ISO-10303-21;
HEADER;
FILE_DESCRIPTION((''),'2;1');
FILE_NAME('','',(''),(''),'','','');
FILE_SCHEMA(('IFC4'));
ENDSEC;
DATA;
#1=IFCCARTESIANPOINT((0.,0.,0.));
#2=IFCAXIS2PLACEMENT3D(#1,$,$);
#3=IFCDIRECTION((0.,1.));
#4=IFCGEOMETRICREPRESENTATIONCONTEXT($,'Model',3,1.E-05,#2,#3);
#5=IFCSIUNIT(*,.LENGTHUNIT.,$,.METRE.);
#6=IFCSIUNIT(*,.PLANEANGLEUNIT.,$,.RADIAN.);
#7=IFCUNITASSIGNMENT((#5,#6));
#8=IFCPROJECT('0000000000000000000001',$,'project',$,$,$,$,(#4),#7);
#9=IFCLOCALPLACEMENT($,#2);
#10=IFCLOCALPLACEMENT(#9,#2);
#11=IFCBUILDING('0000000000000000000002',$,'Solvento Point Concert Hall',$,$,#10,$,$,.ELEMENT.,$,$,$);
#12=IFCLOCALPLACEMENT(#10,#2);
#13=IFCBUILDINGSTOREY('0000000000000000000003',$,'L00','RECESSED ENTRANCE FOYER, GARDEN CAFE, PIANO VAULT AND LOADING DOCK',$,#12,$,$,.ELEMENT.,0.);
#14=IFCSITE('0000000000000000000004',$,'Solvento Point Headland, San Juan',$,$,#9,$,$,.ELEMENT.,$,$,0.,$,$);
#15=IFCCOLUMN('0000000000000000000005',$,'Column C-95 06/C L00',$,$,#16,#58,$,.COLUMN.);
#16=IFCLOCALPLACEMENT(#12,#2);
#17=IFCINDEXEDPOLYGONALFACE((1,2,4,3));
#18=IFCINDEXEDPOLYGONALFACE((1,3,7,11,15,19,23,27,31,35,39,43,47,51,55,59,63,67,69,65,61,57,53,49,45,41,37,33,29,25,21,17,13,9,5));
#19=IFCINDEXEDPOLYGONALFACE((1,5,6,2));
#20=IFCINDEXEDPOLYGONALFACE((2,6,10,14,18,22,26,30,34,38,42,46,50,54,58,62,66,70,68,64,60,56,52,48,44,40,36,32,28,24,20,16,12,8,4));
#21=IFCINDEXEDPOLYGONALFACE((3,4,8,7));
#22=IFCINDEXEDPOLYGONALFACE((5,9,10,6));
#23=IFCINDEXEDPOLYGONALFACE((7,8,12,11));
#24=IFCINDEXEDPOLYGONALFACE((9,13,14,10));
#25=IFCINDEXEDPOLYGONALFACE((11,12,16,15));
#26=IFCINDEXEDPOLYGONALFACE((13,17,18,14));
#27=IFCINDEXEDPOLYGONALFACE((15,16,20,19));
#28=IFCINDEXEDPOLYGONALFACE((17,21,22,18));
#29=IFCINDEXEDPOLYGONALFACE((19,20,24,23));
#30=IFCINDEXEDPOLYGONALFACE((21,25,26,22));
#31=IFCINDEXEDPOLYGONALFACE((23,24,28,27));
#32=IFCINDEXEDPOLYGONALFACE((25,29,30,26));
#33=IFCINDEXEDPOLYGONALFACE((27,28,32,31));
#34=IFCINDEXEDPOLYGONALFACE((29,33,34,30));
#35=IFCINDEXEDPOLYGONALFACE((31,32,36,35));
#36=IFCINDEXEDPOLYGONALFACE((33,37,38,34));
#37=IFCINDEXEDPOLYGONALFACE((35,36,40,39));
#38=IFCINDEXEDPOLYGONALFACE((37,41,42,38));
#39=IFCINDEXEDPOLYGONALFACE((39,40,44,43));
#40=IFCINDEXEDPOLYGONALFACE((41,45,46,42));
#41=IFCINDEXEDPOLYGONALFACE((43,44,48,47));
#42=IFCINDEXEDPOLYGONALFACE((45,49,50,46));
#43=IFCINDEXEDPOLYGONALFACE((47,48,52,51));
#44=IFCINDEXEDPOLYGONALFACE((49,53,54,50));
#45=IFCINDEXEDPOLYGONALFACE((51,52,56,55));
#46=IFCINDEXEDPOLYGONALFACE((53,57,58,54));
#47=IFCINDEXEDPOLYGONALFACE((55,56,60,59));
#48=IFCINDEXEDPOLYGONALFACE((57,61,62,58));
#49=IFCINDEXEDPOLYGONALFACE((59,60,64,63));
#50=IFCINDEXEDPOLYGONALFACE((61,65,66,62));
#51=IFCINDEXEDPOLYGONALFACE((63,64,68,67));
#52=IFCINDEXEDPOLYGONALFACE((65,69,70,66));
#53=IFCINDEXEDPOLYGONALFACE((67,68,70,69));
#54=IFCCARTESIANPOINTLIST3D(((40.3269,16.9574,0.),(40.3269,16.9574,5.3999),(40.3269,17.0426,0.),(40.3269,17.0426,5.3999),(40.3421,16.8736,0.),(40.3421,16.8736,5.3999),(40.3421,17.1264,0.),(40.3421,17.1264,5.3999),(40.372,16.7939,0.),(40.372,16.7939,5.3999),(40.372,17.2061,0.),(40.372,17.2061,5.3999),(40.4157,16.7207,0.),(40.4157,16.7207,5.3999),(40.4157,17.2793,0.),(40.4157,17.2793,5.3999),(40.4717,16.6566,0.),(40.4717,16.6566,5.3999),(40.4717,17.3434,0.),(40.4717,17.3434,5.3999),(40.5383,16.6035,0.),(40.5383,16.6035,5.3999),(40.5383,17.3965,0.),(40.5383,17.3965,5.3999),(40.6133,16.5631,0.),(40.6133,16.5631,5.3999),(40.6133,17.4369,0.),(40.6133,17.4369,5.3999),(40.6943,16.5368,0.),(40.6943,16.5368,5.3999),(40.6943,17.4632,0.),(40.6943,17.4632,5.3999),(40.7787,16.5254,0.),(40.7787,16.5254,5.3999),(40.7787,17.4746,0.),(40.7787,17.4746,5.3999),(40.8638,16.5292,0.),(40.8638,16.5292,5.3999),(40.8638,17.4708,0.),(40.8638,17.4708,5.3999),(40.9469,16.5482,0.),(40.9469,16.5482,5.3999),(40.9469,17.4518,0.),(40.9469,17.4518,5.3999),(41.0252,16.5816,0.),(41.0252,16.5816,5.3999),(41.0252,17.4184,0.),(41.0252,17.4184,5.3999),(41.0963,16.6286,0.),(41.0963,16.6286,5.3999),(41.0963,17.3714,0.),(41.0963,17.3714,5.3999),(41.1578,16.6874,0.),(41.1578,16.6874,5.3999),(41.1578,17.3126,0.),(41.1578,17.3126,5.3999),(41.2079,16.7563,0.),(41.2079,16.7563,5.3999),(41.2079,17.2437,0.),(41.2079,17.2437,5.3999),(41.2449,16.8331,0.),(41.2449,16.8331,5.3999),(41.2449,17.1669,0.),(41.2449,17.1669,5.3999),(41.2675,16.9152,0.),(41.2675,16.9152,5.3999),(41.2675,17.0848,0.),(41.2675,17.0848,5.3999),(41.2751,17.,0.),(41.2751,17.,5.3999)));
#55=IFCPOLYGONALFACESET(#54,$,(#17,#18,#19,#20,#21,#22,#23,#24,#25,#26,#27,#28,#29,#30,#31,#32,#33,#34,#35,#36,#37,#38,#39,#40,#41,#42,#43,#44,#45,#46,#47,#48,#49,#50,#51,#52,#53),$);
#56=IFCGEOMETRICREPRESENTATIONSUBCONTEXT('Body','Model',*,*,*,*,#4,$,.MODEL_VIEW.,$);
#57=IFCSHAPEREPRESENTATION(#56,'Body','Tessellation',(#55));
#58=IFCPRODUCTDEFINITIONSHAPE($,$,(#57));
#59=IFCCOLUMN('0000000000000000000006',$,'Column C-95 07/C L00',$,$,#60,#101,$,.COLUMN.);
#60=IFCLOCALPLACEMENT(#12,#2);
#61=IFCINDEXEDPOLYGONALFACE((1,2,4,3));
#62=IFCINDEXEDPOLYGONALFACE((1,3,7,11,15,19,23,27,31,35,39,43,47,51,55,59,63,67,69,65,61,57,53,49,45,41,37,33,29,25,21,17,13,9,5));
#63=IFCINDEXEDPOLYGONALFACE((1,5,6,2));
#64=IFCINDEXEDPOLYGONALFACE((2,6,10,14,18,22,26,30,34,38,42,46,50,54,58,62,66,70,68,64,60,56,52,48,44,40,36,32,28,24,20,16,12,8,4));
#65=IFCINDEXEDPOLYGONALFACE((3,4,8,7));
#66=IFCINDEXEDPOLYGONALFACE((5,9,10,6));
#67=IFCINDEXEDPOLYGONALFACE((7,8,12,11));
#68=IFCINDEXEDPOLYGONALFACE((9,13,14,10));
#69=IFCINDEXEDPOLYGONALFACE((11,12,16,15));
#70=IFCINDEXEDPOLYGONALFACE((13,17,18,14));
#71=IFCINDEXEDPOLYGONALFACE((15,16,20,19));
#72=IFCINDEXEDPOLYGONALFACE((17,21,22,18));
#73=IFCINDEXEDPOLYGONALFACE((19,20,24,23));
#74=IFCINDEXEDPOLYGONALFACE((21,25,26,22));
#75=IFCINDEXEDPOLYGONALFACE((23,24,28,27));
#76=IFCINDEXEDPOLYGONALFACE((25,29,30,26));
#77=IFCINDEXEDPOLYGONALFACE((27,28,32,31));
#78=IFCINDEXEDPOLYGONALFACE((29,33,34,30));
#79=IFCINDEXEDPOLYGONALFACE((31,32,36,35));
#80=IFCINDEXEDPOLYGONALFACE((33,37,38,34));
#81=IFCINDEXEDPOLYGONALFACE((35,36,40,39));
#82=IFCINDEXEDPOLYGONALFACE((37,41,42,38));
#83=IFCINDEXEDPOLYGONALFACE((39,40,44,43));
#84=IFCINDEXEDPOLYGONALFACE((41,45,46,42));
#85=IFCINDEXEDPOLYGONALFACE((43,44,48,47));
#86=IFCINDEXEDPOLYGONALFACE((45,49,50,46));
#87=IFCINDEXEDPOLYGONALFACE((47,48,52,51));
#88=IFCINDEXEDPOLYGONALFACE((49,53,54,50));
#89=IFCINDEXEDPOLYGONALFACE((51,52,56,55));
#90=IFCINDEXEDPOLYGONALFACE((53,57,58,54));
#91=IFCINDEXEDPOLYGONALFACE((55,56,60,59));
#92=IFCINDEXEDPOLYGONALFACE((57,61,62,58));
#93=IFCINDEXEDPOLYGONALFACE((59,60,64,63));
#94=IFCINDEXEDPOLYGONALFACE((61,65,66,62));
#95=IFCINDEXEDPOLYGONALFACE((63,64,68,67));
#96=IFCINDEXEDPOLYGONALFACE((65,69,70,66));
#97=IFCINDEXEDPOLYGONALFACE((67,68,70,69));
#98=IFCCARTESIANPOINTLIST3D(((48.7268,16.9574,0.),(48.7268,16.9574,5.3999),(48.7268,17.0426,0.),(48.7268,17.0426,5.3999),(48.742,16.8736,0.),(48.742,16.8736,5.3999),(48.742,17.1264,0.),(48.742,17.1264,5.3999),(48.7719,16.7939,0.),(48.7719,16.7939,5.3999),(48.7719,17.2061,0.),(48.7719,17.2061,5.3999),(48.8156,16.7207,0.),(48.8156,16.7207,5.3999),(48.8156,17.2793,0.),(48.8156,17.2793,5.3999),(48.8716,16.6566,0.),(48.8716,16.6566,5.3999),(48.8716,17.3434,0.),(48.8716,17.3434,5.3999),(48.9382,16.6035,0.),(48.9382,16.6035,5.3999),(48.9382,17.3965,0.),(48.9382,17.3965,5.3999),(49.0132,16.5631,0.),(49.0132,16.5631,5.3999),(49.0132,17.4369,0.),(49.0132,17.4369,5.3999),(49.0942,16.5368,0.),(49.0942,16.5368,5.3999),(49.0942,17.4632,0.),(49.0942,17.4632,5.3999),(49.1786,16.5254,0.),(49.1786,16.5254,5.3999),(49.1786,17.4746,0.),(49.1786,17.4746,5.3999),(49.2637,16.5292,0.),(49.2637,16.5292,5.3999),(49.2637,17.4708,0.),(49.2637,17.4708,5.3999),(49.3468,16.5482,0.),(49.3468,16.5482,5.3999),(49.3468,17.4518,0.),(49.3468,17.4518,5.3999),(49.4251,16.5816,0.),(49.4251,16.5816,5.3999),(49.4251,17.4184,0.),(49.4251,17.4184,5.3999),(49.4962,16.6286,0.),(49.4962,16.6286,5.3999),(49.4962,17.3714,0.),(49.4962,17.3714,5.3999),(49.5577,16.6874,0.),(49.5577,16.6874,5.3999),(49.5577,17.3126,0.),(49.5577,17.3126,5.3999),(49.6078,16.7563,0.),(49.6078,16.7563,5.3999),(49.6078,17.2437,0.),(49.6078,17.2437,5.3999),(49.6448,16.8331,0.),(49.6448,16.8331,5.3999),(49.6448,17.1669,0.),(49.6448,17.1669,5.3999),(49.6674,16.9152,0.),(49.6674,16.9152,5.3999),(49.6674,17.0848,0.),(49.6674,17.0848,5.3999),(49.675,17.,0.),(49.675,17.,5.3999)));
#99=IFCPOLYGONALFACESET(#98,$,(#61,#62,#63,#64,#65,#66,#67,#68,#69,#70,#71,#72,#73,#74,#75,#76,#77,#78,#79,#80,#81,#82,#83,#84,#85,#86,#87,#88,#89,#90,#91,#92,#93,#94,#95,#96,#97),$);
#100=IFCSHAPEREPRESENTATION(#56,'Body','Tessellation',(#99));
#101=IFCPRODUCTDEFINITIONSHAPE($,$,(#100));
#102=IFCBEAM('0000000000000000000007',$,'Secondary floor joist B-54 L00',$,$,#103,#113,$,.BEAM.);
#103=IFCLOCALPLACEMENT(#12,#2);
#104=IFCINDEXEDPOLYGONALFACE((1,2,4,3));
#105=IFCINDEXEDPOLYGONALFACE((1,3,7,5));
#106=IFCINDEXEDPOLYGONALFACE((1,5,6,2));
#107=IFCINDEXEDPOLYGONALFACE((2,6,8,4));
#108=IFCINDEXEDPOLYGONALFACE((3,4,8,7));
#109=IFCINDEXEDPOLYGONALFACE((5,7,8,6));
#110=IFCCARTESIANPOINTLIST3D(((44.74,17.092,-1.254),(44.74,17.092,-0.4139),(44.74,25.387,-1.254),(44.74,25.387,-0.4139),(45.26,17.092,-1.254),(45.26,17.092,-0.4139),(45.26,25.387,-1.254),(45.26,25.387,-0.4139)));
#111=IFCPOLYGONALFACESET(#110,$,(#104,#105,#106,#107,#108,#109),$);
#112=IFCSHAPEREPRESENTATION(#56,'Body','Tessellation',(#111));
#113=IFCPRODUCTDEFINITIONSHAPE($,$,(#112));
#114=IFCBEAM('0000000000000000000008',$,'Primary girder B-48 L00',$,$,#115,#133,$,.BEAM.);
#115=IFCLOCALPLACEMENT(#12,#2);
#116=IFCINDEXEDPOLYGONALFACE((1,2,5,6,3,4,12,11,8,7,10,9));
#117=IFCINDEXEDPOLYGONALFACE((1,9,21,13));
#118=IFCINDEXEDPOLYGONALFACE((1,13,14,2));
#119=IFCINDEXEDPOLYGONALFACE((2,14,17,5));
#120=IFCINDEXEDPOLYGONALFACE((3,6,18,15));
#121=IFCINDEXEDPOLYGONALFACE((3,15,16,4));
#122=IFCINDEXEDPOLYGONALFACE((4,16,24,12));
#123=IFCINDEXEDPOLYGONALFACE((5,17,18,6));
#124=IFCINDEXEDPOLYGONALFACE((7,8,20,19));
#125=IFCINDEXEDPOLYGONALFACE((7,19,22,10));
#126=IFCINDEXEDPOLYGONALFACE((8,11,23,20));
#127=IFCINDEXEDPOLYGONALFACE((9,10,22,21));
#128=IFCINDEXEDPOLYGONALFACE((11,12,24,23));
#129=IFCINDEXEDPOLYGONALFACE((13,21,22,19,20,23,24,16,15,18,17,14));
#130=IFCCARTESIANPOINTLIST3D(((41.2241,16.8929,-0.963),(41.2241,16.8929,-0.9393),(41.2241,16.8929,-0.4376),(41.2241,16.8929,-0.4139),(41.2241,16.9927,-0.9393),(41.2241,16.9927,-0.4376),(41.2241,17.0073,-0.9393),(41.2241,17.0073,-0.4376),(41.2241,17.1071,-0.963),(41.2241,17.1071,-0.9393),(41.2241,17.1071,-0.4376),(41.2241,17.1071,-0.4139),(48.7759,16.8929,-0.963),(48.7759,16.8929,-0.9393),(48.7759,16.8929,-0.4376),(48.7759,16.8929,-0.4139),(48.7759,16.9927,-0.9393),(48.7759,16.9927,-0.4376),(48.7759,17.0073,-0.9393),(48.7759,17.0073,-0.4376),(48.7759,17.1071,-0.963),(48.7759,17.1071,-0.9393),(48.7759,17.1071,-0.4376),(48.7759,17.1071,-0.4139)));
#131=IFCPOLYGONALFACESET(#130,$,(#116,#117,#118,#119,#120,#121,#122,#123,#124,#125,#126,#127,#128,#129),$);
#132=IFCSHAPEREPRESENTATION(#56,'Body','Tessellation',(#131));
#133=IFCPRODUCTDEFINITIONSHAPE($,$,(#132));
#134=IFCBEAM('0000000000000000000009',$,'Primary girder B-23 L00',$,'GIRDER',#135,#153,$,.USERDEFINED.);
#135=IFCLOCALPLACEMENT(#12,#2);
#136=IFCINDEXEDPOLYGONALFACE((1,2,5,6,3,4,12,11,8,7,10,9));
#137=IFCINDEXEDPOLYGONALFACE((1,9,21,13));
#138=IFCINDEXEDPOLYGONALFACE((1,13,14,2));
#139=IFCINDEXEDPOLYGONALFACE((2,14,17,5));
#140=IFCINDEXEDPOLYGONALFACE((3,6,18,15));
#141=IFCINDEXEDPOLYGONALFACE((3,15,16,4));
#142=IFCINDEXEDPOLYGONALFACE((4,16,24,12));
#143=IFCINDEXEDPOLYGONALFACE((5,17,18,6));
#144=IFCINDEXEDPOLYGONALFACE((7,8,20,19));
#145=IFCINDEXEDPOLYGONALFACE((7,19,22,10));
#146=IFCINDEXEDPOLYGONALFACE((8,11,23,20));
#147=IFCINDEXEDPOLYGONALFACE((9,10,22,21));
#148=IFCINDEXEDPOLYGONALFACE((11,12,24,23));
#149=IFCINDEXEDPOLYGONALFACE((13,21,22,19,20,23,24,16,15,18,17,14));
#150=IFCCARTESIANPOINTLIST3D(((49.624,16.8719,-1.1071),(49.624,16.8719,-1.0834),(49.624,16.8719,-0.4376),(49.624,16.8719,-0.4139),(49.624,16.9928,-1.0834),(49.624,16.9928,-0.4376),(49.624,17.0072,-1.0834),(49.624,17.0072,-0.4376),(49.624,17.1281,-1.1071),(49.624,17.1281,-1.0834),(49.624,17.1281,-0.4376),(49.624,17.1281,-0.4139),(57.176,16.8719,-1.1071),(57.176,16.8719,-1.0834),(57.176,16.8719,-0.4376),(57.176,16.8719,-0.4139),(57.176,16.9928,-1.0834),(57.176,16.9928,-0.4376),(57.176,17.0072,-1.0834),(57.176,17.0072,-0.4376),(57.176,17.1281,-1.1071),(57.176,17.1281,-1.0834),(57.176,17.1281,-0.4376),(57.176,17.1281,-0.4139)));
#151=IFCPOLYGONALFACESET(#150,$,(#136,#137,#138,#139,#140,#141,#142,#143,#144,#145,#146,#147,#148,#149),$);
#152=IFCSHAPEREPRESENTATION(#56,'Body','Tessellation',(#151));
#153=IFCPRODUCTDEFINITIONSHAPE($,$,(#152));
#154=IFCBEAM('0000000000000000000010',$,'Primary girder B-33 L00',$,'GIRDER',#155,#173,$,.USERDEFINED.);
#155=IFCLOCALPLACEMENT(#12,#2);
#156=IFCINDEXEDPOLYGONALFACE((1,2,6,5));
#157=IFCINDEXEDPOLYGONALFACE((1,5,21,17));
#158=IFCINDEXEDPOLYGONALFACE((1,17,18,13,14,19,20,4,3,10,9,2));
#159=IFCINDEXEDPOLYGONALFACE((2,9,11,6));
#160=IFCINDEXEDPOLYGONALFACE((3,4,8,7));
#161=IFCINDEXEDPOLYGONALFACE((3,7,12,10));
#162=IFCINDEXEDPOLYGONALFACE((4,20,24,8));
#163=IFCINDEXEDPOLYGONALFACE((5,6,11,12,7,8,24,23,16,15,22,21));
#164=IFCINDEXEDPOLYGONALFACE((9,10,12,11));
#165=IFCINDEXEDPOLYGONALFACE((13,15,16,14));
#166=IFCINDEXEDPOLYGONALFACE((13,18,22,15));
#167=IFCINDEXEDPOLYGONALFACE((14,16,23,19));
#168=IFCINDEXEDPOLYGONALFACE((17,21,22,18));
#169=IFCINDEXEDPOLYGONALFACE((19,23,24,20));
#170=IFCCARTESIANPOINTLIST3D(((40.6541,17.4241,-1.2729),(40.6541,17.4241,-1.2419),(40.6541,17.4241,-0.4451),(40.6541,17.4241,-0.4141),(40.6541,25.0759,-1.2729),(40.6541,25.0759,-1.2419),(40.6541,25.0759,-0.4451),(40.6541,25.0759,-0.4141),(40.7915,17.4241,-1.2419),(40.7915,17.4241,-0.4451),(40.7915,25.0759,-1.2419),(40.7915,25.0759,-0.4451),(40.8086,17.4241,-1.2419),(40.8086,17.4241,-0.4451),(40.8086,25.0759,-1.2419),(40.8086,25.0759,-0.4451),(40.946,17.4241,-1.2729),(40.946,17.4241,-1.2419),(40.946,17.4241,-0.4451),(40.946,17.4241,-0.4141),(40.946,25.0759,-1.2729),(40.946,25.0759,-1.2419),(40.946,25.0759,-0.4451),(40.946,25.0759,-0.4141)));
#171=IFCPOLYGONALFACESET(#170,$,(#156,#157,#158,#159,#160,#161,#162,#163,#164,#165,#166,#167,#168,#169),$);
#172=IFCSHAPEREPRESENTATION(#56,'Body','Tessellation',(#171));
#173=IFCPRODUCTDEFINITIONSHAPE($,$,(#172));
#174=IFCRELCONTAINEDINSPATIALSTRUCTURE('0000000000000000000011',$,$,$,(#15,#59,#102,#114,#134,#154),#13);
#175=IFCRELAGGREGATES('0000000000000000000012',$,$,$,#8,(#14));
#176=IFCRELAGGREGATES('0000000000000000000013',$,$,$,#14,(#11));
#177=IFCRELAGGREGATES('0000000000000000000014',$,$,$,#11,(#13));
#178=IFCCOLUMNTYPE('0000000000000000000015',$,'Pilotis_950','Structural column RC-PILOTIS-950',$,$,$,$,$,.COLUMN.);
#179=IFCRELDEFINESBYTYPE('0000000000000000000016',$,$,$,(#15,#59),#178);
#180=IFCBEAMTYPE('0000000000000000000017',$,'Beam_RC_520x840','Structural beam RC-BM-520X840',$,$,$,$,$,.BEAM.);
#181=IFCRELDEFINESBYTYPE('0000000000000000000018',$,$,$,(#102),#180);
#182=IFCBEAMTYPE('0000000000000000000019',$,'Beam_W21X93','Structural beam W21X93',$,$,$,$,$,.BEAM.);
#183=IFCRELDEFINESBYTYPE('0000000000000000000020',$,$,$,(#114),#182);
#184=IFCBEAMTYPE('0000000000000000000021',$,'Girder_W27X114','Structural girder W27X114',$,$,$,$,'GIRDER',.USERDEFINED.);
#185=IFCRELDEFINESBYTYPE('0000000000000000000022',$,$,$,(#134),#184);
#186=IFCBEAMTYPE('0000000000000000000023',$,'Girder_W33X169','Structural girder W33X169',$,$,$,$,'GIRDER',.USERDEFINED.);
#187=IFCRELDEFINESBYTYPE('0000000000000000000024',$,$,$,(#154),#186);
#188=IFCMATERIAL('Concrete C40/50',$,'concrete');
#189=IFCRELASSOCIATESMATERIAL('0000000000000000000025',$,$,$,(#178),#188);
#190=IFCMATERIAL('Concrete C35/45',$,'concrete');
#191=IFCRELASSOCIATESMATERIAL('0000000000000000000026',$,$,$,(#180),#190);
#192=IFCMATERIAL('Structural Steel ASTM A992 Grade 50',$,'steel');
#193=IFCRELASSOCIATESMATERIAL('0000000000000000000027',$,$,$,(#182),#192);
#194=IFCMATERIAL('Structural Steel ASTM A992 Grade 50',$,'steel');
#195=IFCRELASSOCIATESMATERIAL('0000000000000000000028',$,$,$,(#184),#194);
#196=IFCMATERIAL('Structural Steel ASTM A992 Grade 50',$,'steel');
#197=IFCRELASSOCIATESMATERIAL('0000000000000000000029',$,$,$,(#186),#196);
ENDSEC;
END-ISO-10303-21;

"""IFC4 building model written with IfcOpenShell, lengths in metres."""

from ifc_helpers import new_model, si_unit, direction, frame, origin, origin_2d, place, context, subcontext, project, spatial, rectangle, circle, i_section, extrude, material, material_profile, profile_set, type_object, element, save


model = new_model("IFC4")

# Units and contexts
model_context = context("Model", 3, precision=1e-05, world=origin(), true_north=direction((0.0, 1.0)))
body_context = subcontext(model_context, "Body", "Model", "MODEL_VIEW")
ifc_project = project(units=[si_unit("LENGTHUNIT", "METRE"), si_unit("PLANEANGLEUNIT", "RADIAN")], contexts=[model_context])

# Site, building, storey
site_placement = place(None, origin())
site = spatial("IfcSite", under=ifc_project, at=site_placement, Name="Solvento Point Headland, San Juan", CompositionType="ELEMENT", RefElevation=0.0)
building_placement = place(site_placement, origin())
building = spatial("IfcBuilding", under=site, at=building_placement, Name="Solvento Point Concert Hall", CompositionType="ELEMENT")
storey_placement = place(building_placement, origin())
storey = spatial("IfcBuildingStorey", under=building, at=storey_placement, Name="L00", Description="RECESSED ENTRANCE FOYER, GARDEN CAFE, PIANO VAULT AND LOADING DOCK", CompositionType="ELEMENT", Elevation=0.0)

# Columns
ifc_material_1 = material(Name="Concrete C40/50", Category="concrete")
ifc_material_profile_1 = material_profile(ifc_material_1, circle(Radius=0.4751, at=origin_2d()), Name="RC-PILOTIS-950")
ifc_profile_set_1 = profile_set([ifc_material_profile_1], Name="Concrete C40/50")
column_type = type_object("IfcColumnType", Name="Pilotis_950", Description="Structural column RC-PILOTIS-950", PredefinedType="COLUMN", material=ifc_profile_set_1)
for number, where, z_axis, x_axis, name in (
    (1, (40.8, 17.0, 0.0), (0.0, 0.0, 1.0), (1.0, 0.0, 0.0), "Column C-95 06/C L00"),
    (2, (49.2, 17.0, 0.0), (0.0, 0.0, 1.0), (1.0, 0.0, 0.0), "Column C-95 07/C L00"),
):
    element("IfcColumn", number, at=place(storey_placement, frame(where, z_axis=z_axis, x_axis=x_axis)), inside=storey, type_object=column_type, Name=name, PredefinedType="COLUMN", context=body_context, shape_type="SweptSolid", body=[
        extrude(circle(Radius=0.4751, at=origin_2d()), origin(), (0.0, 0.0, 1.0), 5.3999),
    ])

# Beams
ifc_material_2 = material(Name="Concrete C35/45", Category="concrete")
ifc_material_profile_2 = material_profile(ifc_material_2, rectangle(XDim=0.52, YDim=0.8401, at=origin_2d()), Name="RC-BM-520X840")
ifc_profile_set_2 = profile_set([ifc_material_profile_2], Name="Concrete C35/45")
beam_type_1 = type_object("IfcBeamType", Name="Beam_RC_520x840", Description="Structural beam RC-BM-520X840", PredefinedType="BEAM", material=ifc_profile_set_2)
beam_1_placement = place(storey_placement, frame((45.0, 17.092, -0.834), z_axis=(0.0, 1.0, 0.0), x_axis=(-1.0, 0.0, 0.0)))
element("IfcBeam", 3, at=beam_1_placement, inside=storey, type_object=beam_type_1, Name="Secondary floor joist B-54 L00", PredefinedType="BEAM", context=body_context, shape_type="SweptSolid", body=[
    extrude(rectangle(XDim=0.52, YDim=0.8401, at=origin_2d()), origin(), (0.0, 0.0, 1.0), 8.2949),
])
ifc_material_3 = material(Name="Structural Steel ASTM A992 Grade 50", Category="steel")
ifc_material_profile_3 = material_profile(ifc_material_3, i_section(OverallWidth=0.2141, OverallDepth=0.5491, WebThickness=0.0146, FlangeThickness=0.0237, at=origin_2d()), Name="W21X93")
ifc_profile_set_3 = profile_set([ifc_material_profile_3], Name="Structural Steel ASTM A992 Grade 50")
beam_type_2 = type_object("IfcBeamType", Name="Beam_W21X93", Description="Structural beam W21X93", PredefinedType="BEAM", material=ifc_profile_set_3)
beam_2_placement = place(storey_placement, frame((41.2241, 17.0, -0.6885), z_axis=(1.0, 0.0, 0.0), x_axis=(0.0, 1.0, 0.0)))
element("IfcBeam", 4, at=beam_2_placement, inside=storey, type_object=beam_type_2, Name="Primary girder B-48 L00", PredefinedType="BEAM", context=body_context, shape_type="SweptSolid", body=[
    extrude(i_section(OverallWidth=0.2141, OverallDepth=0.5491, WebThickness=0.0146, FlangeThickness=0.0237, at=origin_2d()), origin(), (0.0, 0.0, 1.0), 7.5518),
])
ifc_material_4 = material(Name="Structural Steel ASTM A992 Grade 50", Category="steel")
ifc_material_profile_4 = material_profile(ifc_material_4, i_section(OverallWidth=0.2561, OverallDepth=0.6931, WebThickness=0.0144, FlangeThickness=0.0237, at=origin_2d()), Name="W27X114")
ifc_profile_set_4 = profile_set([ifc_material_profile_4], Name="Structural Steel ASTM A992 Grade 50")
beam_type_3 = type_object("IfcBeamType", Name="Girder_W27X114", Description="Structural girder W27X114", ElementType="GIRDER", PredefinedType="USERDEFINED", material=ifc_profile_set_4)
beam_3_placement = place(storey_placement, frame((49.624, 17.0, -0.7605), z_axis=(1.0, 0.0, 0.0), x_axis=(0.0, 1.0, 0.0)))
element("IfcBeam", 5, at=beam_3_placement, inside=storey, type_object=beam_type_3, Name="Primary girder B-23 L00", ObjectType="GIRDER", PredefinedType="USERDEFINED", context=body_context, shape_type="SweptSolid", body=[
    extrude(i_section(OverallWidth=0.2561, OverallDepth=0.6931, WebThickness=0.0144, FlangeThickness=0.0237, at=origin_2d()), origin(), (0.0, 0.0, 1.0), 7.552),
])
ifc_material_5 = material(Name="Structural Steel ASTM A992 Grade 50", Category="steel")
ifc_material_profile_5 = material_profile(ifc_material_5, i_section(OverallWidth=0.292, OverallDepth=0.8589, WebThickness=0.0171, FlangeThickness=0.031, at=origin_2d()), Name="W33X169")
ifc_profile_set_5 = profile_set([ifc_material_profile_5], Name="Structural Steel ASTM A992 Grade 50")
beam_type_4 = type_object("IfcBeamType", Name="Girder_W33X169", Description="Structural girder W33X169", ElementType="GIRDER", PredefinedType="USERDEFINED", material=ifc_profile_set_5)
beam_4_placement = place(storey_placement, frame((40.8, 17.4241, -0.8435), z_axis=(0.0, 1.0, 0.0), x_axis=(-1.0, 0.0, 0.0)))
element("IfcBeam", 6, at=beam_4_placement, inside=storey, type_object=beam_type_4, Name="Primary girder B-33 L00", ObjectType="GIRDER", PredefinedType="USERDEFINED", context=body_context, shape_type="SweptSolid", body=[
    extrude(i_section(OverallWidth=0.292, OverallDepth=0.8589, WebThickness=0.0171, FlangeThickness=0.031, at=origin_2d()), origin(), (0.0, 0.0, 1.0), 7.6519),
])

save(model, "model.ifc")
